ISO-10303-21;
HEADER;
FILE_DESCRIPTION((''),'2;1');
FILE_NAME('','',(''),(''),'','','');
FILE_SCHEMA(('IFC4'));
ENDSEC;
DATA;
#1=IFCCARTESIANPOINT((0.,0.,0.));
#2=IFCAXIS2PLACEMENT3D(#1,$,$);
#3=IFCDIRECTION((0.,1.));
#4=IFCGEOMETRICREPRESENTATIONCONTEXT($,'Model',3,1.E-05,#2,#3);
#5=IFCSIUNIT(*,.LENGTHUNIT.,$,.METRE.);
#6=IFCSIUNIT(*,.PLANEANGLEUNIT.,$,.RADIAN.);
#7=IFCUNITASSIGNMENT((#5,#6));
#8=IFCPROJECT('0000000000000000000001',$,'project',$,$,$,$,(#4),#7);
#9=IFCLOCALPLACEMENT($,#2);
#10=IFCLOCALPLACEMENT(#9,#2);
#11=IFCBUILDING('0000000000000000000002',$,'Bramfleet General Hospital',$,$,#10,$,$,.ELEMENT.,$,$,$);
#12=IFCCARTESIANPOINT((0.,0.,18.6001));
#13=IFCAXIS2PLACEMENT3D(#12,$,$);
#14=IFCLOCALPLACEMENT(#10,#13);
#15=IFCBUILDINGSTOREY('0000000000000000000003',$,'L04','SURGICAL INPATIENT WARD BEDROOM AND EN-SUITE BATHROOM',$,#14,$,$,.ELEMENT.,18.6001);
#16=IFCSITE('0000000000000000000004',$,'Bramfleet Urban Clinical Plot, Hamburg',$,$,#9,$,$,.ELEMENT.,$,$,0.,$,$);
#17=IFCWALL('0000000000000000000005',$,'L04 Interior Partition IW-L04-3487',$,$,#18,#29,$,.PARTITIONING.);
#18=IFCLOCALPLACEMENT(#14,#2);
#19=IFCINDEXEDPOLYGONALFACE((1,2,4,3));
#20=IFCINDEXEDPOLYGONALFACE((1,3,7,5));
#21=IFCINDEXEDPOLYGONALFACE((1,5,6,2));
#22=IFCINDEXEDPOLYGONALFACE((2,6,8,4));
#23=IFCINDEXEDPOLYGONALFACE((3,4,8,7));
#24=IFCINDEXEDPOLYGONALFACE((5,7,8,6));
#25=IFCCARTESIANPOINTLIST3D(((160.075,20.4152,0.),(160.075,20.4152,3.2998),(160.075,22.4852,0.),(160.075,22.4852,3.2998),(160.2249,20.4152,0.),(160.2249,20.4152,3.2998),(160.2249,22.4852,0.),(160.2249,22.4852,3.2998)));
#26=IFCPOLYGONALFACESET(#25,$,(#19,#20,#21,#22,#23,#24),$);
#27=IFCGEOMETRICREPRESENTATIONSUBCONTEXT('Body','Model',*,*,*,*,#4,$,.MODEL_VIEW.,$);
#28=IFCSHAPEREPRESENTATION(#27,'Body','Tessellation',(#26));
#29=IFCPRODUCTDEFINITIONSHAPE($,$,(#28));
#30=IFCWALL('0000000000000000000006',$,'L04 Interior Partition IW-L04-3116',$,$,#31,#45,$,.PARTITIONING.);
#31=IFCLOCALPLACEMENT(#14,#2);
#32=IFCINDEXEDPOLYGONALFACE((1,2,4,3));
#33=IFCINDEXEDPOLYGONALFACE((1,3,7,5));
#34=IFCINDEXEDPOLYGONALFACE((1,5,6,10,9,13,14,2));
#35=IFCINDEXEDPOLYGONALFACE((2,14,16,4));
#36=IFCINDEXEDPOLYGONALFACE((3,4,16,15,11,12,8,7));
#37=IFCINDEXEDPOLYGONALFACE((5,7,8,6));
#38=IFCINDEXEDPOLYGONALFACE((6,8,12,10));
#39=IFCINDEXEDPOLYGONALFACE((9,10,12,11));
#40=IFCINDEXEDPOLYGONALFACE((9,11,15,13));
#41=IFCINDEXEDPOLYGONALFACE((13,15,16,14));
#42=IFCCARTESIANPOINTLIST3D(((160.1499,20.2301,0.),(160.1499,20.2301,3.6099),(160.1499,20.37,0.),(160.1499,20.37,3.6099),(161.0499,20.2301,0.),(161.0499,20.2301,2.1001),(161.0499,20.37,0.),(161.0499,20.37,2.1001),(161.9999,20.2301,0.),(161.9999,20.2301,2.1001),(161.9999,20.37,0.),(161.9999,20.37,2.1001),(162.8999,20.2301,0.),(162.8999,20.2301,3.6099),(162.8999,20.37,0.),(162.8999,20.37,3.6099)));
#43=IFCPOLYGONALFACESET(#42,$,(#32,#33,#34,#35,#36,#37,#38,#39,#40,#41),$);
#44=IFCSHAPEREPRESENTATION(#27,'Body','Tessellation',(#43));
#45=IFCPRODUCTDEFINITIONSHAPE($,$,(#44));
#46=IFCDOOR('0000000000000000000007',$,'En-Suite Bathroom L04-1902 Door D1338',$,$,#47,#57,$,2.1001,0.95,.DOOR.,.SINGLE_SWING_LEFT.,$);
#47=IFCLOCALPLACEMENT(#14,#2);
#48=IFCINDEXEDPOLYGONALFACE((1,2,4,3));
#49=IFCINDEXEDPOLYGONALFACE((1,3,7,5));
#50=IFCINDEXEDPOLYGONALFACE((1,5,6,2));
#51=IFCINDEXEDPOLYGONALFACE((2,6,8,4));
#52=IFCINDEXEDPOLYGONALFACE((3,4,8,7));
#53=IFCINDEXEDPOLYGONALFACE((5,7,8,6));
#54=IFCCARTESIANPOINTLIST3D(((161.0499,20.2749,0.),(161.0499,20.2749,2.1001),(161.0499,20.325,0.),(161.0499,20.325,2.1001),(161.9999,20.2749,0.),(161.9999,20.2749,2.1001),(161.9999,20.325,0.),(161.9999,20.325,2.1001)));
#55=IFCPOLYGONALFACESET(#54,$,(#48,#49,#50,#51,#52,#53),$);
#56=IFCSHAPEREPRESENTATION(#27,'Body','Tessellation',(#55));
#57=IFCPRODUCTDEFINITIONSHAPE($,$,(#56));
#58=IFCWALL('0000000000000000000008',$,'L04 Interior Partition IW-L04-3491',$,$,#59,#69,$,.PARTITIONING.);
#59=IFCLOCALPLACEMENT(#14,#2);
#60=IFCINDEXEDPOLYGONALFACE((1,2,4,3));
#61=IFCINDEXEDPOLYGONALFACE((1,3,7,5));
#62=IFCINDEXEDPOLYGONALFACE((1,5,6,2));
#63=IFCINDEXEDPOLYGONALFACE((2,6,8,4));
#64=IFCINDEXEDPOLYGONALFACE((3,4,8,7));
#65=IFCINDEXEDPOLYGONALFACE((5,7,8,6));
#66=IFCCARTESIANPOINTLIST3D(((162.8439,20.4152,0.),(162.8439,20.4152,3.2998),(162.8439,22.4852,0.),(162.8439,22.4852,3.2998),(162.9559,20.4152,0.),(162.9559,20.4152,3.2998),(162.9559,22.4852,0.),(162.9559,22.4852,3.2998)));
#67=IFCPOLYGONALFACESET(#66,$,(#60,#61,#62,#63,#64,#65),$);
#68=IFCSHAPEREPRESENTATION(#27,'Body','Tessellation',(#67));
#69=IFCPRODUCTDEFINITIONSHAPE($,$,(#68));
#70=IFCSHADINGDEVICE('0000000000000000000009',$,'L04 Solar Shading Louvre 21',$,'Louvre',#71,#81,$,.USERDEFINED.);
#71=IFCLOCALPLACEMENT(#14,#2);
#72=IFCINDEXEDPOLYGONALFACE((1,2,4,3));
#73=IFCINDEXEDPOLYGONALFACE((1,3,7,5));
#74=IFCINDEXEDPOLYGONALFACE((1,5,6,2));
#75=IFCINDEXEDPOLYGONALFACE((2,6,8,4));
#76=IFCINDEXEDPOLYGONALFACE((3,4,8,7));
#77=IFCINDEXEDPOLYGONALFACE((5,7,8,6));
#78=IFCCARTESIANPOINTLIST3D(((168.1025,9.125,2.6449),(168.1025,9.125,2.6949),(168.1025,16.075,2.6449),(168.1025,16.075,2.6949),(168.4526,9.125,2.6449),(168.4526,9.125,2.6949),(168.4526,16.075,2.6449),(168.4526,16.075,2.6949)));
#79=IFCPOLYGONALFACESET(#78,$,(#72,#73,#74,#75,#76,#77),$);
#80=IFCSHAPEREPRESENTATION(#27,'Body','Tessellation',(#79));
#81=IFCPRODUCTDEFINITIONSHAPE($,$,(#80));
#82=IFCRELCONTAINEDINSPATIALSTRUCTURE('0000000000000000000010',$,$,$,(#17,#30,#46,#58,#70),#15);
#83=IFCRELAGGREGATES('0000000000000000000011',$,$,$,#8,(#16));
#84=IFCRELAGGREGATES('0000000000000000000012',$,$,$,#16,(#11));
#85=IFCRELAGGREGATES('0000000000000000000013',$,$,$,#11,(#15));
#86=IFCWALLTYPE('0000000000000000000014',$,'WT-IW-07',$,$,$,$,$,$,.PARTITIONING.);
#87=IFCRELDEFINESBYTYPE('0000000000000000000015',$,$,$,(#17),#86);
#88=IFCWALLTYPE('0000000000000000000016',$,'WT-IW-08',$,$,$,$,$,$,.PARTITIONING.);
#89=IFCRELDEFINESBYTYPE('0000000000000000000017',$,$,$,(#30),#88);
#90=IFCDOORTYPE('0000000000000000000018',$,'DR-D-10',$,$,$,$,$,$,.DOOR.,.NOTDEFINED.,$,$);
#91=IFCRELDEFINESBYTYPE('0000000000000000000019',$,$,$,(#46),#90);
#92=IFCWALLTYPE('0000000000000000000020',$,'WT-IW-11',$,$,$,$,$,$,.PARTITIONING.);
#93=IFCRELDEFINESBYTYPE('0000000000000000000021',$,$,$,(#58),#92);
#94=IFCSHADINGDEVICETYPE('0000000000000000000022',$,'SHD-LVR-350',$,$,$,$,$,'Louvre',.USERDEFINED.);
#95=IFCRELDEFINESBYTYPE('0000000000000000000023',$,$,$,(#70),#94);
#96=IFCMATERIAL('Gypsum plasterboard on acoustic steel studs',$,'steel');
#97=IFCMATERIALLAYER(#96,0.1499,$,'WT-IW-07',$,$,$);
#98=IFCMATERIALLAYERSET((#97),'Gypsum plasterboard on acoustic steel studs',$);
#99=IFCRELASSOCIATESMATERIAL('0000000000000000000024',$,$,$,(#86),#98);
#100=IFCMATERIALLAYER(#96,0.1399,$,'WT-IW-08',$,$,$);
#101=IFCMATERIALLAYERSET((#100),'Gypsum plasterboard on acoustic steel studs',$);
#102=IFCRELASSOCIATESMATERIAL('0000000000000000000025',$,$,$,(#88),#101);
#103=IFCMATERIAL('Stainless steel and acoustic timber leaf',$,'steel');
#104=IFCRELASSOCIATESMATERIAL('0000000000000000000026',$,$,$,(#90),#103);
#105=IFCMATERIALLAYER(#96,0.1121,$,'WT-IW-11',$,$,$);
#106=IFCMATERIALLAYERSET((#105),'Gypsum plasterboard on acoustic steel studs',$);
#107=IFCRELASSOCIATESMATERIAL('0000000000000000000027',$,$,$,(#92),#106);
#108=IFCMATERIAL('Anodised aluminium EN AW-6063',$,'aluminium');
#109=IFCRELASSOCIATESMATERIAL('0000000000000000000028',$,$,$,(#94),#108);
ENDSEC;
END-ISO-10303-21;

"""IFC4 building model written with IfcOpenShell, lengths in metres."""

from ifc_helpers import new_model, si_unit, direction, frame, frame_2d, origin, origin_2d, place, context, subcontext, project, spatial, rectangle, extrude, material, layer, layer_set, material_profile, profile_set, type_object, element, fill, save


model = new_model("IFC4")

# Units and contexts
model_context = context("Model", 3, precision=1e-05, world=origin(), true_north=direction((0.0, 1.0)))
body_context = subcontext(model_context, "Body", "Model", "MODEL_VIEW")
ifc_project = project(units=[si_unit("LENGTHUNIT", "METRE"), si_unit("PLANEANGLEUNIT", "RADIAN")], contexts=[model_context])

# Site, building, storey
site_placement = place(None, origin())
site = spatial("IfcSite", under=ifc_project, at=site_placement, Name="Bramfleet Urban Clinical Plot, Hamburg", CompositionType="ELEMENT", RefElevation=0.0)
building_placement = place(site_placement, origin())
building = spatial("IfcBuilding", under=site, at=building_placement, Name="Bramfleet General Hospital", CompositionType="ELEMENT")
storey_placement = place(building_placement, frame((0.0, 0.0, 18.6001)))
storey = spatial("IfcBuildingStorey", under=building, at=storey_placement, Name="L04", Description="SURGICAL INPATIENT WARD BEDROOM AND EN-SUITE BATHROOM", CompositionType="ELEMENT", Elevation=18.6001)

# Wall
ifc_material_1 = material(Name="Gypsum plasterboard on acoustic steel studs", Category="steel")
ifc_layer_1 = layer(ifc_material_1, 0.1499, Name="WT-IW-07")
ifc_layer_set_1 = layer_set([ifc_layer_1], Name="Gypsum plasterboard on acoustic steel studs")
wall_type_1 = type_object("IfcWallType", Name="WT-IW-07", PredefinedType="PARTITIONING", material=ifc_layer_set_1)
wall_1_placement = place(storey_placement, frame((160.1499, 20.415, 0.0), z_axis=(0.0, 0.0, 1.0), x_axis=(0.0, 1.0, 0.0)))
element("IfcWall", 1, at=wall_1_placement, inside=storey, type_object=wall_type_1, Name="L04 Interior Partition IW-L04-3487", PredefinedType="PARTITIONING", context=body_context, shape_type="SweptSolid", body=[
    extrude(rectangle(XDim=2.0701, YDim=0.1499, at=frame_2d((1.0352, 0.0))), origin(), (0.0, 0.0, 1.0), 3.2998),
])

# Wall, opening, door
ifc_layer_2 = layer(ifc_material_1, 0.1399, Name="WT-IW-08")
ifc_layer_set_2 = layer_set([ifc_layer_2], Name="Gypsum plasterboard on acoustic steel studs")
wall_type_2 = type_object("IfcWallType", Name="WT-IW-08", PredefinedType="PARTITIONING", material=ifc_layer_set_2)
wall_2_placement = place(storey_placement, frame((160.1499, 20.3, 0.0), z_axis=(0.0, 0.0, 1.0), x_axis=(1.0, 0.0, 0.0)))
wall_2 = element("IfcWall", 2, at=wall_2_placement, inside=storey, type_object=wall_type_2, Name="L04 Interior Partition IW-L04-3116", PredefinedType="PARTITIONING", context=body_context, shape_type="SweptSolid", body=[
    extrude(rectangle(XDim=2.75, YDim=0.1399, at=frame_2d((1.375, 0.0))), origin(), (0.0, 0.0, 1.0), 3.6099),
])
opening_1_placement = place(wall_2_placement, frame((0.8999, 0.0, 0.0)))
opening_1 = element("IfcOpeningElement", 3, at=opening_1_placement, cuts=wall_2, PredefinedType="OPENING", context=body_context, shape_type="SweptSolid", body=[
    extrude(rectangle(XDim=0.95, YDim=2.1001, at=frame_2d((0.4751, 1.05))), frame((0.0, 0.0798, 0.0), z_axis=(0.0, -1.0, 0.0), x_axis=(1.0, 0.0, 0.0)), (0.0, 0.0, 1.0), 0.1599),
])
ifc_material_2 = material(Name="Stainless steel and acoustic timber leaf", Category="steel")
door_type = type_object("IfcDoorType", Name="DR-D-10", OperationType="NOTDEFINED", PredefinedType="DOOR", material=ifc_material_2)
door_placement = place(opening_1_placement, origin())
door = element("IfcDoor", 4, at=door_placement, inside=storey, type_object=door_type, Name="En-Suite Bathroom L04-1902 Door D1338", OperationType="SINGLE_SWING_LEFT", OverallHeight=2.1001, OverallWidth=0.95, PredefinedType="DOOR", context=body_context, shape_type="SweptSolid", body=[
    extrude(rectangle(XDim=0.95, YDim=2.1001, at=frame_2d((0.4751, 1.05))), frame((0.0, 0.0249, 0.0), z_axis=(0.0, -1.0, 0.0), x_axis=(1.0, 0.0, 0.0)), (0.0, 0.0, 1.0), 0.05),
])
fill(opening_1, door)

# Wall
ifc_layer_3 = layer(ifc_material_1, 0.1121, Name="WT-IW-11")
ifc_layer_set_3 = layer_set([ifc_layer_3], Name="Gypsum plasterboard on acoustic steel studs")
wall_type_3 = type_object("IfcWallType", Name="WT-IW-11", PredefinedType="PARTITIONING", material=ifc_layer_set_3)
wall_3_placement = place(storey_placement, frame((162.8999, 20.415, 0.0), z_axis=(0.0, 0.0, 1.0), x_axis=(0.0, 1.0, 0.0)))
element("IfcWall", 5, at=wall_3_placement, inside=storey, type_object=wall_type_3, Name="L04 Interior Partition IW-L04-3491", PredefinedType="PARTITIONING", context=body_context, shape_type="SweptSolid", body=[
    extrude(rectangle(XDim=2.0701, YDim=0.1121, at=frame_2d((1.0352, 0.0))), origin(), (0.0, 0.0, 1.0), 3.2998),
])

# Shading device
ifc_material_3 = material(Name="Anodised aluminium EN AW-6063", Category="aluminium")
ifc_material_profile_1 = material_profile(ifc_material_3, rectangle(XDim=0.05, YDim=0.3501, at=origin_2d()), Name="ALU LOUVRE 350x50")
ifc_profile_set_1 = profile_set([ifc_material_profile_1], Name="Anodised aluminium EN AW-6063")
shading_device_type = type_object("IfcShadingDeviceType", Name="SHD-LVR-350", ElementType="Louvre", PredefinedType="USERDEFINED", material=ifc_profile_set_1)
shading_device_placement = place(storey_placement, frame((168.2776, 16.075, 2.6699), z_axis=(0.0, -1.0, 0.0), x_axis=(0.0, 0.0, 1.0)))
element("IfcShadingDevice", 6, at=shading_device_placement, inside=storey, type_object=shading_device_type, Name="L04 Solar Shading Louvre 21", ObjectType="Louvre", PredefinedType="USERDEFINED", context=body_context, shape_type="SweptSolid", body=[
    extrude(rectangle(XDim=0.05, YDim=0.3501, at=origin_2d()), origin(), (0.0, 0.0, 1.0), 6.95),
])

save(model, "model.ifc")
